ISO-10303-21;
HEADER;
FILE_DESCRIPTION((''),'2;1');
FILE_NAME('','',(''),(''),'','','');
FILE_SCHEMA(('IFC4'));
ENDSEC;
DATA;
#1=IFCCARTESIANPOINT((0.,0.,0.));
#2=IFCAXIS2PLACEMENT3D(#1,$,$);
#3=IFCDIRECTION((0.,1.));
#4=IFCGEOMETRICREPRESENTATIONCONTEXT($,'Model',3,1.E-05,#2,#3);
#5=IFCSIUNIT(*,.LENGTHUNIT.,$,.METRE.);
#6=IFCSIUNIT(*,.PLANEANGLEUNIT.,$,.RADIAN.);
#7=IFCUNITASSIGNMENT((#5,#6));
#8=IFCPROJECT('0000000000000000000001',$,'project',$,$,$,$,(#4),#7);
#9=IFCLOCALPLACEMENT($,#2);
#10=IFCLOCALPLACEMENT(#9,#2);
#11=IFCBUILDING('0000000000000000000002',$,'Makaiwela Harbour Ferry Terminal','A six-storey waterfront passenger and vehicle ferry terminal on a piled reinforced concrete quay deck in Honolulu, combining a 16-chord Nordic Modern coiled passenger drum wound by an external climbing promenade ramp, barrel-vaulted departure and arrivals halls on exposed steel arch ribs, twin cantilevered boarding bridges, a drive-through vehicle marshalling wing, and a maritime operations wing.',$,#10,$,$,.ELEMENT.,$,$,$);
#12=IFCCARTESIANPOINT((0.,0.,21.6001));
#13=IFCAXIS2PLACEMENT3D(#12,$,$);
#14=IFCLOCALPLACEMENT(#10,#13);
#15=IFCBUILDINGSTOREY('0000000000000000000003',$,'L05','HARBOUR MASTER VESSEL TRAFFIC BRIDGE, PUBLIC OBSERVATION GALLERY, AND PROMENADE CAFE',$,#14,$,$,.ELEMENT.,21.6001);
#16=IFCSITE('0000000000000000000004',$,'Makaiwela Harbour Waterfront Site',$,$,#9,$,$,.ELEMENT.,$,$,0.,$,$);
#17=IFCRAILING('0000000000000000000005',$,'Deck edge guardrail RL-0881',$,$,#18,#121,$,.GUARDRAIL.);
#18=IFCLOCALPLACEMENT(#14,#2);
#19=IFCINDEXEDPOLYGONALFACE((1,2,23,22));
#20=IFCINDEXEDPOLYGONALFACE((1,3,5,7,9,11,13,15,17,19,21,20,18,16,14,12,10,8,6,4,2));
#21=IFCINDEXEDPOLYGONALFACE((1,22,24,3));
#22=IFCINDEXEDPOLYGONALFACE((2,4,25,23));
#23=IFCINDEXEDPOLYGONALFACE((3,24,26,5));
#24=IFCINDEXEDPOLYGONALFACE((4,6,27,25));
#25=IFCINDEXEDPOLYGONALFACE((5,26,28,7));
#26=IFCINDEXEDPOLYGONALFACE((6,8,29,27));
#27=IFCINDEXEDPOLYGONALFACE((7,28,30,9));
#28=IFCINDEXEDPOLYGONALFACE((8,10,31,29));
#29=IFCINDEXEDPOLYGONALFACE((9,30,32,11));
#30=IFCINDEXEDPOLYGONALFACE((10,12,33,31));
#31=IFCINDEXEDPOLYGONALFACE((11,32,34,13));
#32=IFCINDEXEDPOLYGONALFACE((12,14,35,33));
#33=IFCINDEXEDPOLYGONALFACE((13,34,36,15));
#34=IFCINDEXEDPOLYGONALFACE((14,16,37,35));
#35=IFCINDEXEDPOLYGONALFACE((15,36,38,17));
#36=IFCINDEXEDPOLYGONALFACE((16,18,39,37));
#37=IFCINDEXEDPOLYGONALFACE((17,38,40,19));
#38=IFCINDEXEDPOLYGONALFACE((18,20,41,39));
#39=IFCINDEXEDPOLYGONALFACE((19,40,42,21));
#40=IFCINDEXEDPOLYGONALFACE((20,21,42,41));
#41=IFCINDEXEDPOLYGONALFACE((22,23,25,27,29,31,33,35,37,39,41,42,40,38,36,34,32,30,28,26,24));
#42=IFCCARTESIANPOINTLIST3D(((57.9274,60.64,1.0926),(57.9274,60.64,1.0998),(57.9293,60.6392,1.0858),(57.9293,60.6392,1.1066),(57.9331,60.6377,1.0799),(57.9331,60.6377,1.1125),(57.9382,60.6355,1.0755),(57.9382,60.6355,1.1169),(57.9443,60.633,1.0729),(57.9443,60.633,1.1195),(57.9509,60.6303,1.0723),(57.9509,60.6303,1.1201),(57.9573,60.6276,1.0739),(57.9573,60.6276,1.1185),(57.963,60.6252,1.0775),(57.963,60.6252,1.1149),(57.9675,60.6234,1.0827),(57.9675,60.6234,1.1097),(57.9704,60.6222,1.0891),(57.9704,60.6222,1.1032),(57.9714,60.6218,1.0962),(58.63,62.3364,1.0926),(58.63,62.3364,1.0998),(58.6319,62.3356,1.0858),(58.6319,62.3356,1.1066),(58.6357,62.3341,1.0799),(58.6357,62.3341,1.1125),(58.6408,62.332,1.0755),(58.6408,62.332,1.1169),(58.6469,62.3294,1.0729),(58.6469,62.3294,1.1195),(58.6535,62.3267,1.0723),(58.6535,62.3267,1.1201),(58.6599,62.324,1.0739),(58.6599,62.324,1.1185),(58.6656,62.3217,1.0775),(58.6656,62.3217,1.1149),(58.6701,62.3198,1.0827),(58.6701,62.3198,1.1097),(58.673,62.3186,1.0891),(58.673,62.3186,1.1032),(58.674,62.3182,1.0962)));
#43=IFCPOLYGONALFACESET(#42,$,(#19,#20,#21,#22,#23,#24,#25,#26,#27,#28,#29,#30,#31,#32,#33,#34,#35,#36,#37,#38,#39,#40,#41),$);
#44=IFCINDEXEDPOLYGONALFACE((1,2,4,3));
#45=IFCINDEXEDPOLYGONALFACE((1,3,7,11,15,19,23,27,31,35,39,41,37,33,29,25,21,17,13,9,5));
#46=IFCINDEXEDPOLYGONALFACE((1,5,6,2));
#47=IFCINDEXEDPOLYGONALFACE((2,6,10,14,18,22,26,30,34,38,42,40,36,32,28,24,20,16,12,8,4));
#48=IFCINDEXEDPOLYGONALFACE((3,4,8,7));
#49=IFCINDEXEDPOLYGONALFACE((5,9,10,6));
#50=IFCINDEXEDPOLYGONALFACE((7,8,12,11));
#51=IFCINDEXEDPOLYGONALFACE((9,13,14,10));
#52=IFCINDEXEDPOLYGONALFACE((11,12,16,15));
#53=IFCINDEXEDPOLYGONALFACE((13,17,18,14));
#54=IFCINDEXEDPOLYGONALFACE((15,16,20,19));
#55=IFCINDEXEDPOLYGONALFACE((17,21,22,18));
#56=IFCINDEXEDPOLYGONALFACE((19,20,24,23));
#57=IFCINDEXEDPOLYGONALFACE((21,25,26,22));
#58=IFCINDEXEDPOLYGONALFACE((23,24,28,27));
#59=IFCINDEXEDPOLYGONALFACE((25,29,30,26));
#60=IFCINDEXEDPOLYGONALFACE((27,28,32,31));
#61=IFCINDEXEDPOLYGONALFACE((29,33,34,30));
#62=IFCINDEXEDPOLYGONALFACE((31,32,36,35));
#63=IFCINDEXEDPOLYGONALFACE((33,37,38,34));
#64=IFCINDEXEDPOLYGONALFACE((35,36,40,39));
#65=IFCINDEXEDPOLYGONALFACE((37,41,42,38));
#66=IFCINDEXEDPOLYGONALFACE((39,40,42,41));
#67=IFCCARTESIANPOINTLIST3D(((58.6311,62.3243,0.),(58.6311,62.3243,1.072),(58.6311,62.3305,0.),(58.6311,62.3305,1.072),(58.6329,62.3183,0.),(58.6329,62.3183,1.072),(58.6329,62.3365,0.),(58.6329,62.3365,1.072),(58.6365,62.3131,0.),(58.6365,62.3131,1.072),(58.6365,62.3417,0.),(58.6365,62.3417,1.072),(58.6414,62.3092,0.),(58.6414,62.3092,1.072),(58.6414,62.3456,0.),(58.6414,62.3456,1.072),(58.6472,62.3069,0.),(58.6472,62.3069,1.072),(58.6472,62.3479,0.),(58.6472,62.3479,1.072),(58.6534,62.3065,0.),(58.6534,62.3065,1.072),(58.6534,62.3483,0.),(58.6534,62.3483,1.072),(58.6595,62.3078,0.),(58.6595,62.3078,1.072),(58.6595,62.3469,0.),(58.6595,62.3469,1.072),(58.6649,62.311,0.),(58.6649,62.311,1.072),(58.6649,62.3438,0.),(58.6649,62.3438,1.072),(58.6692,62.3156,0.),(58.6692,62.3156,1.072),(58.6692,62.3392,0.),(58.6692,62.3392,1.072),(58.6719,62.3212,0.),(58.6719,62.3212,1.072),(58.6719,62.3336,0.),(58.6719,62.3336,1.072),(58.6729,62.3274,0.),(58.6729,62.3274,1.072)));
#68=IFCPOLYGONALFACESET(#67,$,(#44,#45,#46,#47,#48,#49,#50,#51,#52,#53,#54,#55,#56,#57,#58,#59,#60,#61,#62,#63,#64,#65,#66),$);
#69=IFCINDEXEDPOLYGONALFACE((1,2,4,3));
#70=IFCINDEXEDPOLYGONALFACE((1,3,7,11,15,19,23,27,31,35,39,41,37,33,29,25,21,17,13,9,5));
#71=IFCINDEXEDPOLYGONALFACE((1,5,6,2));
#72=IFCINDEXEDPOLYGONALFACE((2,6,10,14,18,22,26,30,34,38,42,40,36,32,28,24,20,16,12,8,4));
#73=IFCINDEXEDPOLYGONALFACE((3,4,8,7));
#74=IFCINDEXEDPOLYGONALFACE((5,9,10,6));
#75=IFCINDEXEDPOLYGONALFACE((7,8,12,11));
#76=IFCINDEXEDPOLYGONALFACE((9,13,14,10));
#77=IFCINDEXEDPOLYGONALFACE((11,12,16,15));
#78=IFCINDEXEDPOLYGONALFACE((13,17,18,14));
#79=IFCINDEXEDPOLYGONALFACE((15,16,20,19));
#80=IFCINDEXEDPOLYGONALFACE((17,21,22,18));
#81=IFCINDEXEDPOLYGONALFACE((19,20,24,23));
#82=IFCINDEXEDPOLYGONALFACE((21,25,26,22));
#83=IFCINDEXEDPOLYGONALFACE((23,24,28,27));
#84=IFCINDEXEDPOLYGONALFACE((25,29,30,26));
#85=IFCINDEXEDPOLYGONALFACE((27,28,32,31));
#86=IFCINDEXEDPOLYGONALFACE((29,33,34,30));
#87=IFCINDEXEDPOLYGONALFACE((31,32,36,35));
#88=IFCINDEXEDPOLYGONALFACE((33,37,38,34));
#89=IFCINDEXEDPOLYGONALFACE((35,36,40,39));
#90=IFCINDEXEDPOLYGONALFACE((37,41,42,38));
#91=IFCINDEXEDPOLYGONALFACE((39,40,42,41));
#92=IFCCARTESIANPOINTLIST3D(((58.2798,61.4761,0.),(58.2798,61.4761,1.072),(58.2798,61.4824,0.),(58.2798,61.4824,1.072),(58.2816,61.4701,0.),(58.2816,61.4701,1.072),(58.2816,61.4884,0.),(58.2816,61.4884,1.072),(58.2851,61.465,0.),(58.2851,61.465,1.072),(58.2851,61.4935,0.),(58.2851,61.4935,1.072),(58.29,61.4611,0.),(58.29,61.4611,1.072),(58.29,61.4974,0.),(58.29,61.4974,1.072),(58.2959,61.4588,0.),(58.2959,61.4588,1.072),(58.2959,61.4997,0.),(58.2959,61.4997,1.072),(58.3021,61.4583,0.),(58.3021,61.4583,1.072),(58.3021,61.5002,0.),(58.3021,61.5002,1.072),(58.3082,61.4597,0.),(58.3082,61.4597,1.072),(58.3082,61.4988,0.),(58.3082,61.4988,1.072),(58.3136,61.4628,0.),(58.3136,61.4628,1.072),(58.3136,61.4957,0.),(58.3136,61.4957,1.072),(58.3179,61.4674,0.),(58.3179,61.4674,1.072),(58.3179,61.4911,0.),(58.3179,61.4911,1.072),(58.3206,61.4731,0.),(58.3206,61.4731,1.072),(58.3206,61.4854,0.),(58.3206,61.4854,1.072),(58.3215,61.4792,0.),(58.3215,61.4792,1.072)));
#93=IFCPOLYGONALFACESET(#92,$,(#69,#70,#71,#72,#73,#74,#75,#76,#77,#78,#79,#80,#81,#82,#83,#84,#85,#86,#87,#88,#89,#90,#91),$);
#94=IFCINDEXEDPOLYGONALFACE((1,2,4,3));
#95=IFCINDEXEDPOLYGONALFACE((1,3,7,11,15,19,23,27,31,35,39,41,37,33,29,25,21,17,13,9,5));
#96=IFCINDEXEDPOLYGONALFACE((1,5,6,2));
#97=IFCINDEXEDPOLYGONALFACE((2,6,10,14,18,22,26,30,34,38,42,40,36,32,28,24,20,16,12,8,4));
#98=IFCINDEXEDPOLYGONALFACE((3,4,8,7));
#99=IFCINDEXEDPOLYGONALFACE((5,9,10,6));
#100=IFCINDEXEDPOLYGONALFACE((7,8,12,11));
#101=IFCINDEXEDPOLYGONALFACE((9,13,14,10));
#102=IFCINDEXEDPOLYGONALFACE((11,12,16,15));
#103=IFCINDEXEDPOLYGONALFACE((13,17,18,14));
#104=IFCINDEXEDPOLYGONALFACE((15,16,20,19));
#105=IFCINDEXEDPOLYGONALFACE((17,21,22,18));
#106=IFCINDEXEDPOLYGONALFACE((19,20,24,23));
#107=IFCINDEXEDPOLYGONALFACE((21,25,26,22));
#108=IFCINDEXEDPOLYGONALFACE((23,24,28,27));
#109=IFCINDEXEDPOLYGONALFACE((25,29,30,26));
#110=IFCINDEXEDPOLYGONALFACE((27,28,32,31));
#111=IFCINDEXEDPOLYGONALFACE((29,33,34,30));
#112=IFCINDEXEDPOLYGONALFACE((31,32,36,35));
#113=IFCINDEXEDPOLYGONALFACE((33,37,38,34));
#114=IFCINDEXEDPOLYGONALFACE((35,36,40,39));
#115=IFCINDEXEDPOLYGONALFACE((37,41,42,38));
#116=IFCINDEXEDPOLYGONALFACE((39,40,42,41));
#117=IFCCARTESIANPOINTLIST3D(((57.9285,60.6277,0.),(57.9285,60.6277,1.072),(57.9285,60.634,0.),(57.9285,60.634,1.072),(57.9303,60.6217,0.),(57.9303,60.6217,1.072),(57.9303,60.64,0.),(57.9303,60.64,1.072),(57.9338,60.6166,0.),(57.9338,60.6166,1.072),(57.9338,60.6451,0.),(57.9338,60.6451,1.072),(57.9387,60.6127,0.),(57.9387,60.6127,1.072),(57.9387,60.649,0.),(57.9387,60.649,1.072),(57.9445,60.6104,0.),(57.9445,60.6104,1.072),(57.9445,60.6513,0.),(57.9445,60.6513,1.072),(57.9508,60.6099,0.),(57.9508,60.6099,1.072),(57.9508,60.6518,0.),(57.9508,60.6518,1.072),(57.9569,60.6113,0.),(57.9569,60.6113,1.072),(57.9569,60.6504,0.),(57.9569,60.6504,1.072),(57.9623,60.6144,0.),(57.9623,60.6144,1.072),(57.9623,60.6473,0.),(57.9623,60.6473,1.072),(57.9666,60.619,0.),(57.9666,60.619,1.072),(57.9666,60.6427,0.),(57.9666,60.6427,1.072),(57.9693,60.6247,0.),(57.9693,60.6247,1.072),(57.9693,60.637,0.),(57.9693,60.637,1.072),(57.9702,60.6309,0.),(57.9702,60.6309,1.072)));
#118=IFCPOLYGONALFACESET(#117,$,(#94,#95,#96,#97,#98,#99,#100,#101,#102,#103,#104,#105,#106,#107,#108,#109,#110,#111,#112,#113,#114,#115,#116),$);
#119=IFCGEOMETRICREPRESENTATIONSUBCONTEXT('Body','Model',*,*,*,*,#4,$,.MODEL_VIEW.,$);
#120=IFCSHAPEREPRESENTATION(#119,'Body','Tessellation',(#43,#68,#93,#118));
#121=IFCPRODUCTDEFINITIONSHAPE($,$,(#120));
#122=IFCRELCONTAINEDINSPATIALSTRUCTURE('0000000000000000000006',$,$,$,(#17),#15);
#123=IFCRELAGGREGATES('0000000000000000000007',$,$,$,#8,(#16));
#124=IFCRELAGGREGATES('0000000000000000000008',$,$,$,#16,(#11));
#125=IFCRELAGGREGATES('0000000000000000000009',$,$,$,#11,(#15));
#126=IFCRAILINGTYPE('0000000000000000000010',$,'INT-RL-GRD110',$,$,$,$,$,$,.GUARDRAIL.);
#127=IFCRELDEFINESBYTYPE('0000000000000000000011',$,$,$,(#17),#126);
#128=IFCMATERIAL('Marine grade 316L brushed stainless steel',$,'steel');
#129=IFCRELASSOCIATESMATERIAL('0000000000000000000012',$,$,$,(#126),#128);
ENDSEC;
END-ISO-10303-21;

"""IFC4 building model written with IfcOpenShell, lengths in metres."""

from ifc_helpers import new_model, si_unit, direction, frame, origin, origin_2d, place, context, subcontext, project, spatial, circle, extrude, material, type_object, element, save


model = new_model("IFC4")

# Units and contexts
model_context = context("Model", 3, precision=1e-05, world=origin(), true_north=direction((0.0, 1.0)))
body_context = subcontext(model_context, "Body", "Model", "MODEL_VIEW")
ifc_project = project(units=[si_unit("LENGTHUNIT", "METRE"), si_unit("PLANEANGLEUNIT", "RADIAN")], contexts=[model_context])

# Site, building, storey
site_placement = place(None, origin())
site = spatial("IfcSite", under=ifc_project, at=site_placement, Name="Makaiwela Harbour Waterfront Site", CompositionType="ELEMENT", RefElevation=0.0)
building_placement = place(site_placement, origin())
building = spatial("IfcBuilding", under=site, at=building_placement, Name="Makaiwela Harbour Ferry Terminal", Description="A six-storey waterfront passenger and vehicle ferry terminal on a piled reinforced concrete quay deck in Honolulu, combining a 16-chord Nordic Modern coiled passenger drum wound by an external climbing promenade ramp, barrel-vaulted departure and arrivals halls on exposed steel arch ribs, twin cantilevered boarding bridges, a drive-through vehicle marshalling wing, and a maritime operations wing.", CompositionType="ELEMENT")
storey_placement = place(building_placement, frame((0.0, 0.0, 21.6001)))
storey = spatial("IfcBuildingStorey", under=building, at=storey_placement, Name="L05", Description="HARBOUR MASTER VESSEL TRAFFIC BRIDGE, PUBLIC OBSERVATION GALLERY, AND PROMENADE CAFE", CompositionType="ELEMENT", Elevation=21.6001)

# Railing
ifc_material_1 = material(Name="Marine grade 316L brushed stainless steel", Category="steel")
railing_type = type_object("IfcRailingType", Name="INT-RL-GRD110", PredefinedType="GUARDRAIL", material=ifc_material_1)
railing_1_placement = place(storey_placement, frame((58.6519, 62.3274, 0.0)))
element("IfcRailing", 1, at=railing_1_placement, inside=storey, type_object=railing_type, Name="Deck edge guardrail RL-0881", PredefinedType="GUARDRAIL", context=body_context, shape_type="SweptSolid", body=[
    extrude(circle(Radius=0.0239, at=origin_2d()), frame((0.0, 0.0, 1.0962), z_axis=(-0.382641, -0.923897, 0.0), x_axis=(0.923897, -0.382641, 0.0)), (0.0, 0.0, 1.0), 1.8362),
    extrude(circle(Radius=0.021, at=origin_2d()), origin(), (0.0, 0.0, 1.0), 1.072),
    extrude(circle(Radius=0.021, at=origin_2d()), frame((-0.3513, -0.8481, 0.0)), (0.0, 0.0, 1.0), 1.072),
    extrude(circle(Radius=0.021, at=origin_2d()), frame((-0.7026, -1.6965, 0.0)), (0.0, 0.0, 1.0), 1.072),
])

save(model, "model.ifc")
